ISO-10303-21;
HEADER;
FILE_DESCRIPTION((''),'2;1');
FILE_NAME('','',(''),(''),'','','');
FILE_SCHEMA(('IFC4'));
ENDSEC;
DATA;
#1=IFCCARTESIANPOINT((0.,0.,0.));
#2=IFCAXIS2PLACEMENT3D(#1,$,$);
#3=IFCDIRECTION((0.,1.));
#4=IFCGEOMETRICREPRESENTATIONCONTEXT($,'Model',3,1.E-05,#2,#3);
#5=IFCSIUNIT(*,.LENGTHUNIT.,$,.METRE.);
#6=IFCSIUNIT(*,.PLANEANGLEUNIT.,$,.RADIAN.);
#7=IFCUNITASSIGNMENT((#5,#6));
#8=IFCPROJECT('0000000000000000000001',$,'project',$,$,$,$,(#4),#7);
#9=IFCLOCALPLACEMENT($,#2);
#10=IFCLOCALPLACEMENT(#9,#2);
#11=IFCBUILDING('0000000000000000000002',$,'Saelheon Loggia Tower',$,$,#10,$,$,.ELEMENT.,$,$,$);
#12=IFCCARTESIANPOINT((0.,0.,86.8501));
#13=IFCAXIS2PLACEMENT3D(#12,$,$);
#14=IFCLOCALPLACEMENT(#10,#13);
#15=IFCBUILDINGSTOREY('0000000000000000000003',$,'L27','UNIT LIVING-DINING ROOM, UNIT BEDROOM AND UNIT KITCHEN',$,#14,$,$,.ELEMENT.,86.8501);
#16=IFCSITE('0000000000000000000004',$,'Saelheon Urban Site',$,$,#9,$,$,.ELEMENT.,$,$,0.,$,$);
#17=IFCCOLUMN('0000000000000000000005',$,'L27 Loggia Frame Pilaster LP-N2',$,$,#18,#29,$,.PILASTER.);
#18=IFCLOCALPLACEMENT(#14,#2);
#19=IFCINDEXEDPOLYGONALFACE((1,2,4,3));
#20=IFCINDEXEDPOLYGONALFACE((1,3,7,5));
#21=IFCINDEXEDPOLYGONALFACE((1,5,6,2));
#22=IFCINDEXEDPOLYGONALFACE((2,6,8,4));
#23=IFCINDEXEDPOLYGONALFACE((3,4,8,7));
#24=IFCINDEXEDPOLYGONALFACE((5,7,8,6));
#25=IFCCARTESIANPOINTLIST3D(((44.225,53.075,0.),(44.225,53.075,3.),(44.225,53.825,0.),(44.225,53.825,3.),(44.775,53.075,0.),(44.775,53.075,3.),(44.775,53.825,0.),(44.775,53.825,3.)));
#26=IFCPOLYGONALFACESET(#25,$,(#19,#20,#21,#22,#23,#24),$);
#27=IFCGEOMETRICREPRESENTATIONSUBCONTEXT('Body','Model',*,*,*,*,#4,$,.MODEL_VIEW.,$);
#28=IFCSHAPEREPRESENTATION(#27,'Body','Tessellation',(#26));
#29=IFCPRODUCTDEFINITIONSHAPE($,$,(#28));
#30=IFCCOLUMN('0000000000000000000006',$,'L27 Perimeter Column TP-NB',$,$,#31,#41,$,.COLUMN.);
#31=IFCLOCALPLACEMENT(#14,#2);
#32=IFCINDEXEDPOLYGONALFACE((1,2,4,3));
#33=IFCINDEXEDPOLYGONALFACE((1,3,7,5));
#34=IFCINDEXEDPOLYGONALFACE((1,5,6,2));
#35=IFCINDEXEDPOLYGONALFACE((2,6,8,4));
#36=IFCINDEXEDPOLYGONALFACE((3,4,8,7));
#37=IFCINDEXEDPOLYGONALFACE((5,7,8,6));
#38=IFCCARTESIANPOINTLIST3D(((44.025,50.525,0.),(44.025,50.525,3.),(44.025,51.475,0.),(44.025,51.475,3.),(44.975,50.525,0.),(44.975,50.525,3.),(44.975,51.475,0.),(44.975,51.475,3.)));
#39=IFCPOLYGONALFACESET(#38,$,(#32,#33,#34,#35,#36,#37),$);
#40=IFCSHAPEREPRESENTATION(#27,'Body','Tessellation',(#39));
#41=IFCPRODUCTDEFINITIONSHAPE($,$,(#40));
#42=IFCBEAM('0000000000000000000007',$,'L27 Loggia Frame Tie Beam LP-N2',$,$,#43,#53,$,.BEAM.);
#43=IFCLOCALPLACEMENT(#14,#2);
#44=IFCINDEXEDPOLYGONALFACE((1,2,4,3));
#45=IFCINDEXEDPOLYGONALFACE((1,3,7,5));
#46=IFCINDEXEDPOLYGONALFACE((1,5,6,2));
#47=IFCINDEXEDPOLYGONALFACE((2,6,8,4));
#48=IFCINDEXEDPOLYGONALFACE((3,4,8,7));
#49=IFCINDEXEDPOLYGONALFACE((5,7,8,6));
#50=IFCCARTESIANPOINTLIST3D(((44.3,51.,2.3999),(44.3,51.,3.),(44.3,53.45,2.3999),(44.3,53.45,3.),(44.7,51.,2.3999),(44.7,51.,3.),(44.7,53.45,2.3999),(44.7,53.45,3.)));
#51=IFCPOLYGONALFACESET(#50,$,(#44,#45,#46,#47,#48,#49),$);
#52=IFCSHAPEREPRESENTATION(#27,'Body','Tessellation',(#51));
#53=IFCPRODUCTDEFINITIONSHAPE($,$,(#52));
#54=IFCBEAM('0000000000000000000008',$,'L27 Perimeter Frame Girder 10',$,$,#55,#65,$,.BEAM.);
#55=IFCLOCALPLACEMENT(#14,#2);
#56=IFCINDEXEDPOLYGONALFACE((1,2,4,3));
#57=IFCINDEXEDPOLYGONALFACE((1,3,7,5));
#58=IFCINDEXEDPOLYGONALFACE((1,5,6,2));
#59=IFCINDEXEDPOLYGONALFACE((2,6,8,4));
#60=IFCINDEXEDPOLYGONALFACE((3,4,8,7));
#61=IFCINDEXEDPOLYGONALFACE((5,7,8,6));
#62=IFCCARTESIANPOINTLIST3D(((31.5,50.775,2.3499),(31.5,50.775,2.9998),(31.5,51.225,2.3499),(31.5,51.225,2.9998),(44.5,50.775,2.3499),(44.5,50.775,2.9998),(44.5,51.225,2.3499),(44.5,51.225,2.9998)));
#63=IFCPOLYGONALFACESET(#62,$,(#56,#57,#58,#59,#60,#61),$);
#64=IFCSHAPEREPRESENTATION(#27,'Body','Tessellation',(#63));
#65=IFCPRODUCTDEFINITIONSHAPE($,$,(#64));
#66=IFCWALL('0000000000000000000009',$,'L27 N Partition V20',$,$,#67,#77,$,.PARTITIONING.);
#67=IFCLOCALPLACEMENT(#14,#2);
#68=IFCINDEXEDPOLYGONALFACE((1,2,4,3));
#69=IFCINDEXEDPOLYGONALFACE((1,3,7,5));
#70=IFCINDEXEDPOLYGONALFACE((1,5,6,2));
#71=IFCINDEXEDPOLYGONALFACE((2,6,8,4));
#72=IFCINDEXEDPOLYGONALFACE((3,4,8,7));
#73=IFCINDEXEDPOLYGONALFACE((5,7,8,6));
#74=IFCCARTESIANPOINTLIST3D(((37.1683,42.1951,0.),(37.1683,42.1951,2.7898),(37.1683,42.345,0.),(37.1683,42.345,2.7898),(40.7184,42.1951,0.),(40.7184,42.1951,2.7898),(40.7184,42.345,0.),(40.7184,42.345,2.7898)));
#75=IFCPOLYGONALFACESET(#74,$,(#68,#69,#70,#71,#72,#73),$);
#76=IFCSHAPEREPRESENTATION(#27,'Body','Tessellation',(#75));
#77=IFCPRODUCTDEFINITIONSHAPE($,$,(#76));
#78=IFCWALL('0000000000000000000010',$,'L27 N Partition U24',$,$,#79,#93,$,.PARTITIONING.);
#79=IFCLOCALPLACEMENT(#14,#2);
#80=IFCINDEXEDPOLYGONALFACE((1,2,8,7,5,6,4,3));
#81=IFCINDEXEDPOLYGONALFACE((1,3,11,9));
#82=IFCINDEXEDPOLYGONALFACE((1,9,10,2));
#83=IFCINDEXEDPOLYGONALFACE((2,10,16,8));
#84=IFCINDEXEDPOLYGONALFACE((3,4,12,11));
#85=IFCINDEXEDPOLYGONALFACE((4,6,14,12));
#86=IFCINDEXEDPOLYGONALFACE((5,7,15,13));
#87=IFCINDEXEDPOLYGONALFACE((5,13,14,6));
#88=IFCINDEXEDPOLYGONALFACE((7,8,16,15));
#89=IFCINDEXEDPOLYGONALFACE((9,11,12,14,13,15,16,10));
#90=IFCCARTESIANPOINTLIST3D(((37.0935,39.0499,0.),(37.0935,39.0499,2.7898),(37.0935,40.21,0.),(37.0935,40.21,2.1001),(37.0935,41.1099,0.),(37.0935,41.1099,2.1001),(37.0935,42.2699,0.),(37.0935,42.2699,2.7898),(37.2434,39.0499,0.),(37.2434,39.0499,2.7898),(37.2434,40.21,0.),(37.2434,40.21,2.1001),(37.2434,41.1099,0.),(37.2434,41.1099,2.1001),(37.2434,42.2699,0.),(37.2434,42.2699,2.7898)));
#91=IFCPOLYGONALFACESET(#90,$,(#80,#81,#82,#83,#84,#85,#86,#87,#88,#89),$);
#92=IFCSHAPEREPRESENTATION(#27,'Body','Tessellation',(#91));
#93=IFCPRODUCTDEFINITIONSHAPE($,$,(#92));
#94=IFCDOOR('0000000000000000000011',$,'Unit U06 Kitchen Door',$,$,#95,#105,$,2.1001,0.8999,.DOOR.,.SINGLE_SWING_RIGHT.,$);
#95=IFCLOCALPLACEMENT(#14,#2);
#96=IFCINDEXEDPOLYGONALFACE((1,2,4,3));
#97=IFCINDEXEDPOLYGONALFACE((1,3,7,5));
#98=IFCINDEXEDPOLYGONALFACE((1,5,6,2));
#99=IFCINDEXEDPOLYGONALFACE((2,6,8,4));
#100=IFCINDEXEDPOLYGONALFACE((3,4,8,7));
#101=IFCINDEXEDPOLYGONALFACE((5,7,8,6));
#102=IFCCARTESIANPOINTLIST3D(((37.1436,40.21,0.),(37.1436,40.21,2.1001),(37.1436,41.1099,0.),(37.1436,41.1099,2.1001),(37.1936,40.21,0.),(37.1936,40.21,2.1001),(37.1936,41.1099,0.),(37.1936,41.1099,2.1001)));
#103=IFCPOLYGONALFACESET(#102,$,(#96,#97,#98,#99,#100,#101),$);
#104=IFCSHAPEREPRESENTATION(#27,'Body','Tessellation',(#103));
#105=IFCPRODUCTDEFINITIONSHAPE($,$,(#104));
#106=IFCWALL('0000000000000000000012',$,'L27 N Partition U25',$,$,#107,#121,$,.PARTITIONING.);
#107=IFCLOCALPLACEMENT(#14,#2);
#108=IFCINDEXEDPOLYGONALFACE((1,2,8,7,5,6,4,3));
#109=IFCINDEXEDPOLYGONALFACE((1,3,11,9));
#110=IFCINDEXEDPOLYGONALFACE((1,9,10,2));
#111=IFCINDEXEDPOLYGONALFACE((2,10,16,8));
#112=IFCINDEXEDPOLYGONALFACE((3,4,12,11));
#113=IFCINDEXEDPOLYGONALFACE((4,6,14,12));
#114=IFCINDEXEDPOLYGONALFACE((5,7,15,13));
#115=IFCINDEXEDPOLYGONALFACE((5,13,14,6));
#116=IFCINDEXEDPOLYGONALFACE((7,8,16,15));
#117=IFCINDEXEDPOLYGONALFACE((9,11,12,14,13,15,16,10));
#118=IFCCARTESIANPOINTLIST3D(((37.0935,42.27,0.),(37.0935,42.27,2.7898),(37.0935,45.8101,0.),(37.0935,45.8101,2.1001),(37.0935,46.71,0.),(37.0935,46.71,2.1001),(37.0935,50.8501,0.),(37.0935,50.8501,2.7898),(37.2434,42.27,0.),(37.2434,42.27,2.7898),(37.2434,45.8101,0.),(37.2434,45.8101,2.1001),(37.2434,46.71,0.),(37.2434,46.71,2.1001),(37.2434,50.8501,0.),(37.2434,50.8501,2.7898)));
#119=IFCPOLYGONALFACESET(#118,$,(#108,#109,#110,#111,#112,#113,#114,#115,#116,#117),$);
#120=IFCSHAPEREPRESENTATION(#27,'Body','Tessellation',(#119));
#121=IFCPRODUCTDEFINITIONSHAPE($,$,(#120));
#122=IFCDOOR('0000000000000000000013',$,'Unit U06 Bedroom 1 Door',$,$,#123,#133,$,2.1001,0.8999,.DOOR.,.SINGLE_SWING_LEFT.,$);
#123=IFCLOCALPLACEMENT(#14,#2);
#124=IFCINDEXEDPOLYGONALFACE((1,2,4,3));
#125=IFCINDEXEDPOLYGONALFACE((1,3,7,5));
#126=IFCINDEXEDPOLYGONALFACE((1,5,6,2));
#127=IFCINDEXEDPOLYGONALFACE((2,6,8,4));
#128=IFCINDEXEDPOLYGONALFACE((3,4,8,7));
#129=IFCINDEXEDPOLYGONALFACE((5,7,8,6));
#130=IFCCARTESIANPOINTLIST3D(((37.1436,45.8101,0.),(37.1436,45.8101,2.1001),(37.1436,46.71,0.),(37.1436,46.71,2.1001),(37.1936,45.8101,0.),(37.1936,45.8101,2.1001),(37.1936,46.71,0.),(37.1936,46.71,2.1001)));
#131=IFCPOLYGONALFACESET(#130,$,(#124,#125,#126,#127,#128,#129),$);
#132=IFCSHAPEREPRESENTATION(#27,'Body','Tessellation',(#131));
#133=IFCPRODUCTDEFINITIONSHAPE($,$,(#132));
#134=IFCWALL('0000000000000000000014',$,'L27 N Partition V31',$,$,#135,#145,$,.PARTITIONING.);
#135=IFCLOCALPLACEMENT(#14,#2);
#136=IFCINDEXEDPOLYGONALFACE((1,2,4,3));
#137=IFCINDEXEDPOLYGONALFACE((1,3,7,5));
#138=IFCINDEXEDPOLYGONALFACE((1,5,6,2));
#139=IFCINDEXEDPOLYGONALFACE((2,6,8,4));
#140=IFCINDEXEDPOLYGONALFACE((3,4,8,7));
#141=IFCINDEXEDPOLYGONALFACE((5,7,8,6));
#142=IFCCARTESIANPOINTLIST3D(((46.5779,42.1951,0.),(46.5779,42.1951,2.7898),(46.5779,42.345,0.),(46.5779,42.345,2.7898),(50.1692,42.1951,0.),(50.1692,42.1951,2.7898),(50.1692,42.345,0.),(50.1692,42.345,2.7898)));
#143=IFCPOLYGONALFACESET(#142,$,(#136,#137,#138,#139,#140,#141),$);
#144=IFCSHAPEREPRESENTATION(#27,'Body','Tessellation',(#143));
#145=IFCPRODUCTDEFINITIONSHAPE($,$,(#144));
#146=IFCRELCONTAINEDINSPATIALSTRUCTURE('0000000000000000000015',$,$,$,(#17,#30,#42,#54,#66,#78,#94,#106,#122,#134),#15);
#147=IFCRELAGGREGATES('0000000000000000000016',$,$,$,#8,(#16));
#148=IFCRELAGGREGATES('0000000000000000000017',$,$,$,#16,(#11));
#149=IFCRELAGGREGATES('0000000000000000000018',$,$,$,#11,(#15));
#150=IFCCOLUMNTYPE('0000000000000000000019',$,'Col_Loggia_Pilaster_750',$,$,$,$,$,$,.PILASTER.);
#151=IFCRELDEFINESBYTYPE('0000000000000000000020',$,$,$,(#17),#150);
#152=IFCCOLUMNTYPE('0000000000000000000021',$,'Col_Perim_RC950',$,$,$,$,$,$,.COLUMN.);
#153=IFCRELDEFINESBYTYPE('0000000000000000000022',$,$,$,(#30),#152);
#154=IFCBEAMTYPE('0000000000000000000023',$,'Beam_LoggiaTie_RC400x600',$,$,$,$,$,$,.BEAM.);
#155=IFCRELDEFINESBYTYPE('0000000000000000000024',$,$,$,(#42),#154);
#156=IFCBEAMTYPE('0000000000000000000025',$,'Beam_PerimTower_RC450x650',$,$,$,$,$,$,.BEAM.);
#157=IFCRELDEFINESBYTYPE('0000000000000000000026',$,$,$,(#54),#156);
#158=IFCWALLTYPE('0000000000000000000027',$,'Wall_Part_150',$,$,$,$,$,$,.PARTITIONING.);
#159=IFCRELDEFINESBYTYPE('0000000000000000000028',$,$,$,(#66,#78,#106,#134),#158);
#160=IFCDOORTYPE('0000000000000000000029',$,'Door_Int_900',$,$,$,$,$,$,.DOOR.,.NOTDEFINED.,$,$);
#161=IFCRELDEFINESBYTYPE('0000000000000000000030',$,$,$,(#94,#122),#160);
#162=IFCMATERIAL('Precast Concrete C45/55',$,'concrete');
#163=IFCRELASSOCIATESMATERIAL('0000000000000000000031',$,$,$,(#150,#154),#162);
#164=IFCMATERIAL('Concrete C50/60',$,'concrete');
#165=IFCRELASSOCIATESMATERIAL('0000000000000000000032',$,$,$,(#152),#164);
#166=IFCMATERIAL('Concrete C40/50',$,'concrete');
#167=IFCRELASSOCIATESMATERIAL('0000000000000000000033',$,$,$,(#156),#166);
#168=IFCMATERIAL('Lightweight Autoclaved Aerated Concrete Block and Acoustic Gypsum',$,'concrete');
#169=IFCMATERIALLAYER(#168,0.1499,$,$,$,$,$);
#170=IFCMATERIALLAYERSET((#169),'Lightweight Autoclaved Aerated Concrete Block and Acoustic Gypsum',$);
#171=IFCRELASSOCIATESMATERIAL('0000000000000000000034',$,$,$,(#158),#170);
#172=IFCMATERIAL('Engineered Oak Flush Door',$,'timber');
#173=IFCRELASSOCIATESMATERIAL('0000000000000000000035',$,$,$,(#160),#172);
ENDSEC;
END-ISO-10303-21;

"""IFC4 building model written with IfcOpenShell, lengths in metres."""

from ifc_helpers import new_model, si_unit, direction, frame, frame_2d, origin, origin_2d, place, context, subcontext, project, spatial, rectangle, extrude, source, transform, mapped, material, layer, layer_set, material_profile, profile_set, type_object, element, fill, save


model = new_model("IFC4")

# Units and contexts
model_context = context("Model", 3, precision=1e-05, world=origin(), true_north=direction((0.0, 1.0)))
body_context = subcontext(model_context, "Body", "Model", "MODEL_VIEW")
ifc_project = project(units=[si_unit("LENGTHUNIT", "METRE"), si_unit("PLANEANGLEUNIT", "RADIAN")], contexts=[model_context])

# Site, building, storey
site_placement = place(None, origin())
site = spatial("IfcSite", under=ifc_project, at=site_placement, Name="Saelheon Urban Site", CompositionType="ELEMENT", RefElevation=0.0)
building_placement = place(site_placement, origin())
building = spatial("IfcBuilding", under=site, at=building_placement, Name="Saelheon Loggia Tower", CompositionType="ELEMENT")
storey_placement = place(building_placement, frame((0.0, 0.0, 86.8501)))
storey = spatial("IfcBuildingStorey", under=building, at=storey_placement, Name="L27", Description="UNIT LIVING-DINING ROOM, UNIT BEDROOM AND UNIT KITCHEN", CompositionType="ELEMENT", Elevation=86.8501)

# Columns
ifc_material_1 = material(Name="Precast Concrete C45/55", Category="concrete")
ifc_material_profile_1 = material_profile(ifc_material_1, rectangle(XDim=0.55, YDim=0.75, at=origin_2d()), Name="RC-550x750")
ifc_profile_set_1 = profile_set([ifc_material_profile_1], Name="Precast Concrete C45/55")
column_type_1 = type_object("IfcColumnType", Name="Col_Loggia_Pilaster_750", PredefinedType="PILASTER", material=ifc_profile_set_1)
shared_shape_1 = source(origin(), body_context, "Body", "SweptSolid", [
    extrude(rectangle(XDim=0.55, YDim=0.75, at=origin_2d()), origin(), (0.0, 0.0, 1.0), 3.0),
])
column_1_placement = place(storey_placement, frame((44.5, 53.45, 0.0), z_axis=(0.0, 0.0, 1.0), x_axis=(1.0, 0.0, 0.0)))
element("IfcColumn", 1, at=column_1_placement, inside=storey, type_object=column_type_1, Name="L27 Loggia Frame Pilaster LP-N2", PredefinedType="PILASTER", context=body_context, shape_type="MappedRepresentation", body=[
    mapped(shared_shape_1, transform((0.0, 0.0, 0.0), scale=1.0)),
])
ifc_material_2 = material(Name="Concrete C50/60", Category="concrete")
ifc_material_profile_2 = material_profile(ifc_material_2, rectangle(XDim=0.95, YDim=0.95, at=origin_2d()), Name="RC-950x950")
ifc_profile_set_2 = profile_set([ifc_material_profile_2], Name="Concrete C50/60")
column_type_2 = type_object("IfcColumnType", Name="Col_Perim_RC950", PredefinedType="COLUMN", material=ifc_profile_set_2)
shared_shape_2 = source(origin(), body_context, "Body", "SweptSolid", [
    extrude(rectangle(XDim=0.95, YDim=0.95, at=origin_2d()), origin(), (0.0, 0.0, 1.0), 3.0),
])
column_2_placement = place(storey_placement, frame((44.5, 51.0, 0.0), z_axis=(0.0, 0.0, 1.0), x_axis=(1.0, 0.0, 0.0)))
element("IfcColumn", 2, at=column_2_placement, inside=storey, type_object=column_type_2, Name="L27 Perimeter Column TP-NB", PredefinedType="COLUMN", context=body_context, shape_type="MappedRepresentation", body=[
    mapped(shared_shape_2, transform((0.0, 0.0, 0.0), scale=1.0)),
])

# Beams
ifc_material_profile_3 = material_profile(ifc_material_1, rectangle(XDim=0.3999, YDim=0.6001, at=origin_2d()), Name="RC-400x600")
ifc_profile_set_3 = profile_set([ifc_material_profile_3], Name="Precast Concrete C45/55")
beam_type_1 = type_object("IfcBeamType", Name="Beam_LoggiaTie_RC400x600", PredefinedType="BEAM", material=ifc_profile_set_3)
shared_shape_3 = source(origin(), body_context, "Body", "SweptSolid", [
    extrude(rectangle(XDim=0.3999, YDim=0.6001, at=origin_2d()), origin(), (0.0, 0.0, 1.0), 2.45),
])
beam_1_placement = place(storey_placement, frame((44.5, 51.0, 2.7), z_axis=(0.0, 1.0, 0.0), x_axis=(-1.0, 0.0, 0.0)))
element("IfcBeam", 3, at=beam_1_placement, inside=storey, type_object=beam_type_1, Name="L27 Loggia Frame Tie Beam LP-N2", PredefinedType="BEAM", context=body_context, shape_type="MappedRepresentation", body=[
    mapped(shared_shape_3, transform((0.0, 0.0, 0.0), scale=1.0)),
])
ifc_material_3 = material(Name="Concrete C40/50", Category="concrete")
ifc_material_profile_4 = material_profile(ifc_material_3, rectangle(XDim=0.45, YDim=0.6499, at=origin_2d()), Name="RC-450x650")
ifc_profile_set_4 = profile_set([ifc_material_profile_4], Name="Concrete C40/50")
beam_type_2 = type_object("IfcBeamType", Name="Beam_PerimTower_RC450x650", PredefinedType="BEAM", material=ifc_profile_set_4)
shared_shape_4 = source(origin(), body_context, "Body", "SweptSolid", [
    extrude(rectangle(XDim=0.45, YDim=0.6499, at=origin_2d()), origin(), (0.0, 0.0, 1.0), 13.0),
])
beam_2_placement = place(storey_placement, frame((44.5, 51.0, 2.6748), z_axis=(-1.0, 0.0, 0.0), x_axis=(0.0, -1.0, 0.0)))
element("IfcBeam", 4, at=beam_2_placement, inside=storey, type_object=beam_type_2, Name="L27 Perimeter Frame Girder 10", PredefinedType="BEAM", context=body_context, shape_type="MappedRepresentation", body=[
    mapped(shared_shape_4, transform((0.0, 0.0, 0.0), scale=1.0)),
])

# Wall
ifc_material_4 = material(Name="Lightweight Autoclaved Aerated Concrete Block and Acoustic Gypsum", Category="concrete")
ifc_layer_1 = layer(ifc_material_4, 0.1499)
ifc_layer_set_1 = layer_set([ifc_layer_1], Name="Lightweight Autoclaved Aerated Concrete Block and Acoustic Gypsum")
wall_type_1 = type_object("IfcWallType", Name="Wall_Part_150", PredefinedType="PARTITIONING", material=ifc_layer_set_1)
wall_1_placement = place(storey_placement, frame((37.1685, 42.27, 0.0), z_axis=(0.0, 0.0, 1.0), x_axis=(1.0, 0.0, 0.0)))
element("IfcWall", 5, at=wall_1_placement, inside=storey, type_object=wall_type_1, Name="L27 N Partition V20", PredefinedType="PARTITIONING", context=body_context, shape_type="SweptSolid", body=[
    extrude(rectangle(XDim=3.55, YDim=0.1499, at=frame_2d((1.7749, 0.0))), origin(), (0.0, 0.0, 1.0), 2.7898),
])

# Walls, openings, doors
wall_2_placement = place(storey_placement, frame((37.1685, 39.05, 0.0), z_axis=(0.0, 0.0, 1.0), x_axis=(0.0, 1.0, 0.0)))
wall_2 = element("IfcWall", 6, at=wall_2_placement, inside=storey, type_object=wall_type_1, Name="L27 N Partition U24", PredefinedType="PARTITIONING", context=body_context, shape_type="SweptSolid", body=[
    extrude(rectangle(XDim=3.22, YDim=0.1499, at=frame_2d((1.6099, 0.0))), origin(), (0.0, 0.0, 1.0), 2.7898),
])
opening_1_placement = place(wall_2_placement, frame((1.1599, 0.0, 0.0)))
opening_1 = element("IfcOpeningElement", 7, at=opening_1_placement, cuts=wall_2, PredefinedType="OPENING", context=body_context, shape_type="SweptSolid", body=[
    extrude(rectangle(XDim=0.8999, YDim=2.1001, at=frame_2d((0.45, 1.05))), frame((0.0, 0.0869, 0.0), z_axis=(0.0, -1.0, 0.0), x_axis=(1.0, 0.0, 0.0)), (0.0, 0.0, 1.0), 0.1738),
])
ifc_material_5 = material(Name="Engineered Oak Flush Door", Category="timber")
door_type_1 = type_object("IfcDoorType", Name="Door_Int_900", OperationType="NOTDEFINED", PredefinedType="DOOR", material=ifc_material_5)
shared_shape_5 = source(origin(), body_context, "Body", "SweptSolid", [
    extrude(rectangle(XDim=0.8999, YDim=2.1001, at=frame_2d((0.45, 1.05))), frame((0.0, 0.0249, 0.0), z_axis=(0.0, -1.0, 0.0), x_axis=(1.0, 0.0, 0.0)), (0.0, 0.0, 1.0), 0.05),
])
door_1_placement = place(opening_1_placement, origin())
door_1 = element("IfcDoor", 8, at=door_1_placement, inside=storey, type_object=door_type_1, Name="Unit U06 Kitchen Door", OperationType="SINGLE_SWING_RIGHT", OverallHeight=2.1001, OverallWidth=0.8999, PredefinedType="DOOR", context=body_context, shape_type="MappedRepresentation", body=[
    mapped(shared_shape_5, transform((0.0, 0.0, 0.0), scale=1.0)),
])
fill(opening_1, door_1)
wall_3_placement = place(storey_placement, frame((37.1685, 42.27, 0.0), z_axis=(0.0, 0.0, 1.0), x_axis=(0.0, 1.0, 0.0)))
wall_3 = element("IfcWall", 9, at=wall_3_placement, inside=storey, type_object=wall_type_1, Name="L27 N Partition U25", PredefinedType="PARTITIONING", context=body_context, shape_type="SweptSolid", body=[
    extrude(rectangle(XDim=8.5801, YDim=0.1499, at=frame_2d((4.29, 0.0))), origin(), (0.0, 0.0, 1.0), 2.7898),
])
opening_2_placement = place(wall_3_placement, frame((3.54, 0.0, 0.0)))
opening_2 = element("IfcOpeningElement", 10, at=opening_2_placement, cuts=wall_3, PredefinedType="OPENING", context=body_context, shape_type="SweptSolid", body=[
    extrude(rectangle(XDim=0.8999, YDim=2.1001, at=frame_2d((0.45, 1.05))), frame((0.0, 0.0869, 0.0), z_axis=(0.0, -1.0, 0.0), x_axis=(1.0, 0.0, 0.0)), (0.0, 0.0, 1.0), 0.1738),
])
door_2_placement = place(opening_2_placement, origin())
door_2 = element("IfcDoor", 11, at=door_2_placement, inside=storey, type_object=door_type_1, Name="Unit U06 Bedroom 1 Door", OperationType="SINGLE_SWING_LEFT", OverallHeight=2.1001, OverallWidth=0.8999, PredefinedType="DOOR", context=body_context, shape_type="MappedRepresentation", body=[
    mapped(shared_shape_5, transform((0.0, 0.0, 0.0), scale=1.0)),
])
fill(opening_2, door_2)

# Wall
wall_4_placement = place(storey_placement, frame((46.5779, 42.27, 0.0), z_axis=(0.0, 0.0, 1.0), x_axis=(1.0, 0.0, 0.0)))
element("IfcWall", 12, at=wall_4_placement, inside=storey, type_object=wall_type_1, Name="L27 N Partition V31", PredefinedType="PARTITIONING", context=body_context, shape_type="SweptSolid", body=[
    extrude(rectangle(XDim=3.5913, YDim=0.1499, at=frame_2d((1.7957, 0.0))), origin(), (0.0, 0.0, 1.0), 2.7898),
])

save(model, "model.ifc")
